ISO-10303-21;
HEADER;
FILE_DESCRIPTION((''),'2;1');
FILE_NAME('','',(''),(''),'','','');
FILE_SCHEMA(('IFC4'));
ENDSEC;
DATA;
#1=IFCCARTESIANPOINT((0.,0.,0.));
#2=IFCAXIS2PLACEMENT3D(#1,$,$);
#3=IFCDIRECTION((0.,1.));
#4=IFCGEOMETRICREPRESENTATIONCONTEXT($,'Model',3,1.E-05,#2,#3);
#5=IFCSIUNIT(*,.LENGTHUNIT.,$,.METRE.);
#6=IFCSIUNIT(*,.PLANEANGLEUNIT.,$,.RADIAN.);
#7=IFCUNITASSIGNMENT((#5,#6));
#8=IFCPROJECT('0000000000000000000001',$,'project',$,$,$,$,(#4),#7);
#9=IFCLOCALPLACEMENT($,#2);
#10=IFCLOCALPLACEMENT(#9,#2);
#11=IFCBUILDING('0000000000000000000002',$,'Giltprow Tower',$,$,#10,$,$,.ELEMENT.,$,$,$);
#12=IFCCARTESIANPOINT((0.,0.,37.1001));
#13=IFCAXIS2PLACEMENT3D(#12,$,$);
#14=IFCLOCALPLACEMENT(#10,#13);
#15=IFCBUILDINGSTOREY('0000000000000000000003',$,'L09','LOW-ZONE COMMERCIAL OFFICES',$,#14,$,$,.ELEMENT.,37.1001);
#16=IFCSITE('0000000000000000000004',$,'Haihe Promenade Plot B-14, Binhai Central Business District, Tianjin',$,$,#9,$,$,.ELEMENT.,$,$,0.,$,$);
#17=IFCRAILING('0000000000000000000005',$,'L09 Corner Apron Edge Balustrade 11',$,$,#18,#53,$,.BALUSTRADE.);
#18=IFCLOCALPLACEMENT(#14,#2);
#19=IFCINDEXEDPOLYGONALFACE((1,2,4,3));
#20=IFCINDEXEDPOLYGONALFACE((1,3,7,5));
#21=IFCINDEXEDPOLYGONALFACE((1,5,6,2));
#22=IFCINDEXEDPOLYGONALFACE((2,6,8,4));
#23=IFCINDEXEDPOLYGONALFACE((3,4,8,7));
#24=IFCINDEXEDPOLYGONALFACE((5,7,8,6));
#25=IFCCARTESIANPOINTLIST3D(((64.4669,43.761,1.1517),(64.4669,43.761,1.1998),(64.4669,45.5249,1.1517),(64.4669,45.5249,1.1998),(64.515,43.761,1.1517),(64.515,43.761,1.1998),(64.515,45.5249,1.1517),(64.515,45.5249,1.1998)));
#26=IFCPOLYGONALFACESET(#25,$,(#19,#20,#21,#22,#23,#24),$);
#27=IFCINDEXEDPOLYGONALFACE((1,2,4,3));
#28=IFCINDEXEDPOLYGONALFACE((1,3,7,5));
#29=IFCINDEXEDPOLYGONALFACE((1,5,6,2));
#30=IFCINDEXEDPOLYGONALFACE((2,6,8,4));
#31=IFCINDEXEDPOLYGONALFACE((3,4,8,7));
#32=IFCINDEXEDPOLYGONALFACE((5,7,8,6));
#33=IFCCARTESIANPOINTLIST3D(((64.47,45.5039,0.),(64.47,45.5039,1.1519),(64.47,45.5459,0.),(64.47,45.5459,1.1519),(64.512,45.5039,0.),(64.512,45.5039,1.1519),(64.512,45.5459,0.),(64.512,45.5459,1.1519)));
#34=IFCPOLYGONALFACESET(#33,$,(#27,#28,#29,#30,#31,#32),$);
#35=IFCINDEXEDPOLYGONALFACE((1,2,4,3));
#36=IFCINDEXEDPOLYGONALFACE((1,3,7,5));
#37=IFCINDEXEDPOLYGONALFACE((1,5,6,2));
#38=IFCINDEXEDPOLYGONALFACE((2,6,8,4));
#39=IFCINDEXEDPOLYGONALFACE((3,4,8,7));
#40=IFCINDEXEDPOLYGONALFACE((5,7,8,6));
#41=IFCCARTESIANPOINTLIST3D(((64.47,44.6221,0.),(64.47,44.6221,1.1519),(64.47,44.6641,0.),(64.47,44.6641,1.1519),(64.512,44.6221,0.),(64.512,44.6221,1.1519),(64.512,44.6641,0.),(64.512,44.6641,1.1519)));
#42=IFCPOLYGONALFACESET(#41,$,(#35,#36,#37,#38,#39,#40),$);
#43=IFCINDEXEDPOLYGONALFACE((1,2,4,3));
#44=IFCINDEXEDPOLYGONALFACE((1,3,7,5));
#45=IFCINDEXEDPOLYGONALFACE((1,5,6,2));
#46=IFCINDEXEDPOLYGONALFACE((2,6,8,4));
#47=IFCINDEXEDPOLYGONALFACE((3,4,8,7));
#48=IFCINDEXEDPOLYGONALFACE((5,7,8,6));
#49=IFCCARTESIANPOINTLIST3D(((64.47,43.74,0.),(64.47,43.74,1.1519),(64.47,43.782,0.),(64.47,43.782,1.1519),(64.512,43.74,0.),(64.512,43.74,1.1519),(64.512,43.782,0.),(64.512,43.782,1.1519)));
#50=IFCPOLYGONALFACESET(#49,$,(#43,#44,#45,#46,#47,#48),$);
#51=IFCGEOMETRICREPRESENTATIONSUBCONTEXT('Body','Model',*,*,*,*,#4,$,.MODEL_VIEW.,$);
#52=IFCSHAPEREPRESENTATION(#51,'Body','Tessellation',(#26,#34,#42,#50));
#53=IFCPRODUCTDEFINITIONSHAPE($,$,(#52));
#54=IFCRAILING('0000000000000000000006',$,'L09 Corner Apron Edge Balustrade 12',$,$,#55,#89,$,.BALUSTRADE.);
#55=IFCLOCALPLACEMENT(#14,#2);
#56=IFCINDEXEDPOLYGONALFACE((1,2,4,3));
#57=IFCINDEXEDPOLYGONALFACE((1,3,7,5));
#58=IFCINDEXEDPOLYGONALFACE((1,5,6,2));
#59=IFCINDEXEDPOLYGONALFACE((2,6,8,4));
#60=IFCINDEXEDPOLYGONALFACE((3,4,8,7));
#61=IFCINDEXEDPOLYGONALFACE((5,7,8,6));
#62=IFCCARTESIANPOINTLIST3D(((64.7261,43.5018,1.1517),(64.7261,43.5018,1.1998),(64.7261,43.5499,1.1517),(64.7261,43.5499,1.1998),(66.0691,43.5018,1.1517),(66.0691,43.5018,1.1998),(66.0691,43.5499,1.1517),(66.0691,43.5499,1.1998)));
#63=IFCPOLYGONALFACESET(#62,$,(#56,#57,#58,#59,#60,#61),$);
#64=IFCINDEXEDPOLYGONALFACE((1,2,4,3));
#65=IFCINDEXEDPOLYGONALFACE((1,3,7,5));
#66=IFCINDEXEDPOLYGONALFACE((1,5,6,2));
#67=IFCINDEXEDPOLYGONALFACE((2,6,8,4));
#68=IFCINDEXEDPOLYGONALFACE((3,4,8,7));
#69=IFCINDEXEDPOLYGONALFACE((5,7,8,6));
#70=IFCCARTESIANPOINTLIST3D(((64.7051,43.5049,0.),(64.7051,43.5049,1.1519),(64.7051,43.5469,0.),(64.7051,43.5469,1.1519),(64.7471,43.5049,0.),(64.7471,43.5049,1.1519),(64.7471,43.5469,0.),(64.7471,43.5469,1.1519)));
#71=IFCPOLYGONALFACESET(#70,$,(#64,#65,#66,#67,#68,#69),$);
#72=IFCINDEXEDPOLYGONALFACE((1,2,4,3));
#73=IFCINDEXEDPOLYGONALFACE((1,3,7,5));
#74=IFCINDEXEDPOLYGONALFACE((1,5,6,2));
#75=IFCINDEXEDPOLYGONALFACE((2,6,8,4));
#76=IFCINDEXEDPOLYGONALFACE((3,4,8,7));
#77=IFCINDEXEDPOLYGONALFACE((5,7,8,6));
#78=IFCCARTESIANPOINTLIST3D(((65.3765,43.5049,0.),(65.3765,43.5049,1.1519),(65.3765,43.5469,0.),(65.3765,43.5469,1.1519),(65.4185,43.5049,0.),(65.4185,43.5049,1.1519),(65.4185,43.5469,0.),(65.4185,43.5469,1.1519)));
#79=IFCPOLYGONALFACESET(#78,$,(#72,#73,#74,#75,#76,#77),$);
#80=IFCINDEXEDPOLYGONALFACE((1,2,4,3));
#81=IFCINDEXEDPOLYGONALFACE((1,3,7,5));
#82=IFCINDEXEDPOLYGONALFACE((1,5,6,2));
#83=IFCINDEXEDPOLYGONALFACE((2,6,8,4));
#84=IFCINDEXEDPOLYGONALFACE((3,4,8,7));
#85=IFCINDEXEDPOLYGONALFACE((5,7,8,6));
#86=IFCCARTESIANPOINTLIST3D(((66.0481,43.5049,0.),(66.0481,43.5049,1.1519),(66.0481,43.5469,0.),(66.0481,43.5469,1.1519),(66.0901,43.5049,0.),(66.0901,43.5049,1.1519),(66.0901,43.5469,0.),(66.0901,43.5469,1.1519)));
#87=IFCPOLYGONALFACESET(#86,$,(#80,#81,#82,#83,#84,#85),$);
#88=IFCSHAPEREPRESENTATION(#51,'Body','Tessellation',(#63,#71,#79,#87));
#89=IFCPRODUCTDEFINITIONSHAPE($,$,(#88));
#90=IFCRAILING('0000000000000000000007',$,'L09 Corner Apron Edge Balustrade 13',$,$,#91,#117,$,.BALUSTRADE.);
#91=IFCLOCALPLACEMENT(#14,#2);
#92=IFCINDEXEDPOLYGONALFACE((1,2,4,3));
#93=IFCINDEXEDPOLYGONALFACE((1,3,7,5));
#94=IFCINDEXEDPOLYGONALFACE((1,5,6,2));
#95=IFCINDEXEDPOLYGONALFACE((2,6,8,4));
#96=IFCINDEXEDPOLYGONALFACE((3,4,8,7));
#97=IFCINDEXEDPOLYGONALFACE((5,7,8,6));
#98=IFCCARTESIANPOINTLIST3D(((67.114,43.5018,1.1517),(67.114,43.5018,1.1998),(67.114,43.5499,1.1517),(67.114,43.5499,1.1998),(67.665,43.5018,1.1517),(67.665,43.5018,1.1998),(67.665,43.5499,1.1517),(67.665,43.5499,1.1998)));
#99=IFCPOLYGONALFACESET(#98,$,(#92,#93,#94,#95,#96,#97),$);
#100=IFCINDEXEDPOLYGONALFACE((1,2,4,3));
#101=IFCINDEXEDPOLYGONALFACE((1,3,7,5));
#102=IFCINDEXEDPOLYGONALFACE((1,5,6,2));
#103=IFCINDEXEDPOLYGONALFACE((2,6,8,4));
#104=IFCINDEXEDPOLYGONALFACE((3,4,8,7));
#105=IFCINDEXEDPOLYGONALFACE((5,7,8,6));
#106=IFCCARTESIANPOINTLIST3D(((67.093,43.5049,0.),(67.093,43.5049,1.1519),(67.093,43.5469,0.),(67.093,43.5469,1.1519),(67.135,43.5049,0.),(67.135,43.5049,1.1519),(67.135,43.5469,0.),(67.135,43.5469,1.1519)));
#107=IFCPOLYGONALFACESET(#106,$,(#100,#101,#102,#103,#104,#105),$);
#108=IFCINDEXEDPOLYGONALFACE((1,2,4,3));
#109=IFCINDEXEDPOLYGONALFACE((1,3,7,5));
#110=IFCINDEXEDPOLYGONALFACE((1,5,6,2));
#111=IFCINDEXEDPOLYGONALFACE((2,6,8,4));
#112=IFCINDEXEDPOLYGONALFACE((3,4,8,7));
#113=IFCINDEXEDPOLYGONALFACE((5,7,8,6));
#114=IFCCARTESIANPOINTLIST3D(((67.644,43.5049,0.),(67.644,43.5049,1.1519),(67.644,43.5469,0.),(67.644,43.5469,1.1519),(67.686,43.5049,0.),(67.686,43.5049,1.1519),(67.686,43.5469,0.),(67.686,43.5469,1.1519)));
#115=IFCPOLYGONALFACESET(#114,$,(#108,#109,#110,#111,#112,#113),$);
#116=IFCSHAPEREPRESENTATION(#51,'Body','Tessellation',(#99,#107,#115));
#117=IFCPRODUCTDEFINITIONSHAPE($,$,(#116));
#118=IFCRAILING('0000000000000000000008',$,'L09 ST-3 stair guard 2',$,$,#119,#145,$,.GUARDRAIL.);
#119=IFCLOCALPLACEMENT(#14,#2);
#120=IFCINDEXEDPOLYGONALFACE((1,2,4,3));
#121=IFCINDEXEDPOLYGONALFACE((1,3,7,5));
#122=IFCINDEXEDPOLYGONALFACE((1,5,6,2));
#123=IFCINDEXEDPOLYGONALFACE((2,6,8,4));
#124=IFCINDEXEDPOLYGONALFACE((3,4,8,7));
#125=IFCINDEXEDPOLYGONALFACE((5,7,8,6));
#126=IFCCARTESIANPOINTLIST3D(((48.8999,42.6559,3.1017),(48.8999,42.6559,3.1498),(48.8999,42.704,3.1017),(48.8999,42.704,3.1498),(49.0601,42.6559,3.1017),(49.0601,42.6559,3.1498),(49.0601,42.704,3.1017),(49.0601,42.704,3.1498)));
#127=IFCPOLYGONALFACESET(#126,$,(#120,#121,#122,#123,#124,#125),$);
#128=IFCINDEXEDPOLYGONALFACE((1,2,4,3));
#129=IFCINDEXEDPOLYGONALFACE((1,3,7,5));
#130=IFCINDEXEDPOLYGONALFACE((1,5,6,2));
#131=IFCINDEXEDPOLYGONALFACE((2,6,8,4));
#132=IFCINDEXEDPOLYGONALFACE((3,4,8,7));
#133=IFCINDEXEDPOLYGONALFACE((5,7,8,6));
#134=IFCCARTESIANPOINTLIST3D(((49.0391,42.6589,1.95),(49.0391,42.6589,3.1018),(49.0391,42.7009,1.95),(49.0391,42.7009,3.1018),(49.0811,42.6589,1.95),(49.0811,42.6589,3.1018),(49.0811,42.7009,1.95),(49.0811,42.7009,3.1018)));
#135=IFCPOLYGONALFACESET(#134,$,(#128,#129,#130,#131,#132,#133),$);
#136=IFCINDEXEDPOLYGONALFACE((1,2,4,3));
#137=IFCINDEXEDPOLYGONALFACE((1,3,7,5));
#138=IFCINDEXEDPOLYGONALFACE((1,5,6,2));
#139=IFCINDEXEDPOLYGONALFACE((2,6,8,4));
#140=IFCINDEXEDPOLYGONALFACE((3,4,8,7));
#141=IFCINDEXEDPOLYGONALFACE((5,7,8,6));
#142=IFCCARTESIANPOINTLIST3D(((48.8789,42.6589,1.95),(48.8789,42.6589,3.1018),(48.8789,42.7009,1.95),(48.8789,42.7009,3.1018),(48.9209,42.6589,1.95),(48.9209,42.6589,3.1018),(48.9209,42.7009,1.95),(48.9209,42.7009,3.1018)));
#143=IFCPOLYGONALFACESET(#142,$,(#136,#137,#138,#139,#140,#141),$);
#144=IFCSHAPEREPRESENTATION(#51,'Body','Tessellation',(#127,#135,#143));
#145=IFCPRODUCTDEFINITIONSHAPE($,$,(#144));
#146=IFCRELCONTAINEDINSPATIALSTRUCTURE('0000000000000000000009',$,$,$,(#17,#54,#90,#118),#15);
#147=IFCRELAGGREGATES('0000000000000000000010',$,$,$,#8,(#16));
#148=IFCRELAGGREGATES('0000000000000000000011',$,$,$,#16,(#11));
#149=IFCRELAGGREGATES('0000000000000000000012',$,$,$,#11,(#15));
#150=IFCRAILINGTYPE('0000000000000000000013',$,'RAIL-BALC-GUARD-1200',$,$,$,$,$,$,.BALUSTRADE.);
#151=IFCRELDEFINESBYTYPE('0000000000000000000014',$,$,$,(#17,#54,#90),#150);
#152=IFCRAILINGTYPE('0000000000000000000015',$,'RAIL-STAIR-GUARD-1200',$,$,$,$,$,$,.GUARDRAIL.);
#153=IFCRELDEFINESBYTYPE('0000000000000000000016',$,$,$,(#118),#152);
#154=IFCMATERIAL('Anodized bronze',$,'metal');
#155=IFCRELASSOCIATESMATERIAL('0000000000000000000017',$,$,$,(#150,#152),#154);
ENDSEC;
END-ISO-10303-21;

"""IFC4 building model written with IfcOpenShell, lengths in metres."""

from ifc_helpers import new_model, si_unit, direction, frame, origin, origin_2d, place, context, subcontext, project, spatial, rectangle, extrude, material, type_object, element, save


model = new_model("IFC4")

# Units and contexts
model_context = context("Model", 3, precision=1e-05, world=origin(), true_north=direction((0.0, 1.0)))
body_context = subcontext(model_context, "Body", "Model", "MODEL_VIEW")
ifc_project = project(units=[si_unit("LENGTHUNIT", "METRE"), si_unit("PLANEANGLEUNIT", "RADIAN")], contexts=[model_context])

# Site, building, storey
site_placement = place(None, origin())
site = spatial("IfcSite", under=ifc_project, at=site_placement, Name="Haihe Promenade Plot B-14, Binhai Central Business District, Tianjin", CompositionType="ELEMENT", RefElevation=0.0)
building_placement = place(site_placement, origin())
building = spatial("IfcBuilding", under=site, at=building_placement, Name="Giltprow Tower", CompositionType="ELEMENT")
storey_placement = place(building_placement, frame((0.0, 0.0, 37.1001)))
storey = spatial("IfcBuildingStorey", under=building, at=storey_placement, Name="L09", Description="LOW-ZONE COMMERCIAL OFFICES", CompositionType="ELEMENT", Elevation=37.1001)

# Railings
ifc_material_1 = material(Name="Anodized bronze", Category="metal")
railing_type_1 = type_object("IfcRailingType", Name="RAIL-BALC-GUARD-1200", PredefinedType="BALUSTRADE", material=ifc_material_1)
railing_1_placement = place(storey_placement, frame((64.491, 45.5249, 0.0)))
element("IfcRailing", 1, at=railing_1_placement, inside=storey, type_object=railing_type_1, Name="L09 Corner Apron Edge Balustrade 11", PredefinedType="BALUSTRADE", context=body_context, shape_type="SweptSolid", body=[
    extrude(rectangle(XDim=0.0481, YDim=0.0481, at=origin_2d()), frame((0.0, 0.0, 1.1758), z_axis=(0.0, -1.0, 0.0), x_axis=(1.0, 0.0, 0.0)), (0.0, 0.0, 1.0), 1.7639),
    extrude(rectangle(XDim=0.042, YDim=0.042, at=origin_2d()), origin(), (0.0, 0.0, 1.0), 1.1519),
    extrude(rectangle(XDim=0.042, YDim=0.042, at=origin_2d()), frame((0.0, -0.8818, 0.0)), (0.0, 0.0, 1.0), 1.1519),
    extrude(rectangle(XDim=0.042, YDim=0.042, at=origin_2d()), frame((0.0, -1.7639, 0.0)), (0.0, 0.0, 1.0), 1.1519),
])
railing_2_placement = place(storey_placement, frame((64.7261, 43.5259, 0.0)))
element("IfcRailing", 2, at=railing_2_placement, inside=storey, type_object=railing_type_1, Name="L09 Corner Apron Edge Balustrade 12", PredefinedType="BALUSTRADE", context=body_context, shape_type="SweptSolid", body=[
    extrude(rectangle(XDim=0.0481, YDim=0.0481, at=origin_2d()), frame((0.0, 0.0, 1.1758), z_axis=(1.0, 0.0, 0.0), x_axis=(0.0, 1.0, 0.0)), (0.0, 0.0, 1.0), 1.343),
    extrude(rectangle(XDim=0.042, YDim=0.042, at=origin_2d()), origin(), (0.0, 0.0, 1.0), 1.1519),
    extrude(rectangle(XDim=0.042, YDim=0.042, at=origin_2d()), frame((0.6714, 0.0, 0.0)), (0.0, 0.0, 1.0), 1.1519),
    extrude(rectangle(XDim=0.042, YDim=0.042, at=origin_2d()), frame((1.343, 0.0, 0.0)), (0.0, 0.0, 1.0), 1.1519),
])
railing_3_placement = place(storey_placement, frame((67.114, 43.5259, 0.0)))
element("IfcRailing", 3, at=railing_3_placement, inside=storey, type_object=railing_type_1, Name="L09 Corner Apron Edge Balustrade 13", PredefinedType="BALUSTRADE", context=body_context, shape_type="SweptSolid", body=[
    extrude(rectangle(XDim=0.0481, YDim=0.0481, at=origin_2d()), frame((0.0, 0.0, 1.1758), z_axis=(1.0, 0.0, 0.0), x_axis=(0.0, 1.0, 0.0)), (0.0, 0.0, 1.0), 0.551),
    extrude(rectangle(XDim=0.042, YDim=0.042, at=origin_2d()), origin(), (0.0, 0.0, 1.0), 1.1519),
    extrude(rectangle(XDim=0.042, YDim=0.042, at=origin_2d()), frame((0.551, 0.0, 0.0)), (0.0, 0.0, 1.0), 1.1519),
])
railing_type_2 = type_object("IfcRailingType", Name="RAIL-STAIR-GUARD-1200", PredefinedType="GUARDRAIL", material=ifc_material_1)
railing_4_placement = place(storey_placement, frame((49.0601, 42.6799, 1.95)))
element("IfcRailing", 4, at=railing_4_placement, inside=storey, type_object=railing_type_2, Name="L09 ST-3 stair guard 2", PredefinedType="GUARDRAIL", context=body_context, shape_type="SweptSolid", body=[
    extrude(rectangle(XDim=0.0481, YDim=0.0481, at=origin_2d()), frame((0.0, 0.0, 1.1758), z_axis=(-1.0, 0.0, 0.0), x_axis=(0.0, -1.0, 0.0)), (0.0, 0.0, 1.0), 0.1602),
    extrude(rectangle(XDim=0.042, YDim=0.042, at=origin_2d()), origin(), (0.0, 0.0, 1.0), 1.1519),
    extrude(rectangle(XDim=0.042, YDim=0.042, at=origin_2d()), frame((-0.1602, 0.0, 0.0)), (0.0, 0.0, 1.0), 1.1519),
])

save(model, "model.ifc")
